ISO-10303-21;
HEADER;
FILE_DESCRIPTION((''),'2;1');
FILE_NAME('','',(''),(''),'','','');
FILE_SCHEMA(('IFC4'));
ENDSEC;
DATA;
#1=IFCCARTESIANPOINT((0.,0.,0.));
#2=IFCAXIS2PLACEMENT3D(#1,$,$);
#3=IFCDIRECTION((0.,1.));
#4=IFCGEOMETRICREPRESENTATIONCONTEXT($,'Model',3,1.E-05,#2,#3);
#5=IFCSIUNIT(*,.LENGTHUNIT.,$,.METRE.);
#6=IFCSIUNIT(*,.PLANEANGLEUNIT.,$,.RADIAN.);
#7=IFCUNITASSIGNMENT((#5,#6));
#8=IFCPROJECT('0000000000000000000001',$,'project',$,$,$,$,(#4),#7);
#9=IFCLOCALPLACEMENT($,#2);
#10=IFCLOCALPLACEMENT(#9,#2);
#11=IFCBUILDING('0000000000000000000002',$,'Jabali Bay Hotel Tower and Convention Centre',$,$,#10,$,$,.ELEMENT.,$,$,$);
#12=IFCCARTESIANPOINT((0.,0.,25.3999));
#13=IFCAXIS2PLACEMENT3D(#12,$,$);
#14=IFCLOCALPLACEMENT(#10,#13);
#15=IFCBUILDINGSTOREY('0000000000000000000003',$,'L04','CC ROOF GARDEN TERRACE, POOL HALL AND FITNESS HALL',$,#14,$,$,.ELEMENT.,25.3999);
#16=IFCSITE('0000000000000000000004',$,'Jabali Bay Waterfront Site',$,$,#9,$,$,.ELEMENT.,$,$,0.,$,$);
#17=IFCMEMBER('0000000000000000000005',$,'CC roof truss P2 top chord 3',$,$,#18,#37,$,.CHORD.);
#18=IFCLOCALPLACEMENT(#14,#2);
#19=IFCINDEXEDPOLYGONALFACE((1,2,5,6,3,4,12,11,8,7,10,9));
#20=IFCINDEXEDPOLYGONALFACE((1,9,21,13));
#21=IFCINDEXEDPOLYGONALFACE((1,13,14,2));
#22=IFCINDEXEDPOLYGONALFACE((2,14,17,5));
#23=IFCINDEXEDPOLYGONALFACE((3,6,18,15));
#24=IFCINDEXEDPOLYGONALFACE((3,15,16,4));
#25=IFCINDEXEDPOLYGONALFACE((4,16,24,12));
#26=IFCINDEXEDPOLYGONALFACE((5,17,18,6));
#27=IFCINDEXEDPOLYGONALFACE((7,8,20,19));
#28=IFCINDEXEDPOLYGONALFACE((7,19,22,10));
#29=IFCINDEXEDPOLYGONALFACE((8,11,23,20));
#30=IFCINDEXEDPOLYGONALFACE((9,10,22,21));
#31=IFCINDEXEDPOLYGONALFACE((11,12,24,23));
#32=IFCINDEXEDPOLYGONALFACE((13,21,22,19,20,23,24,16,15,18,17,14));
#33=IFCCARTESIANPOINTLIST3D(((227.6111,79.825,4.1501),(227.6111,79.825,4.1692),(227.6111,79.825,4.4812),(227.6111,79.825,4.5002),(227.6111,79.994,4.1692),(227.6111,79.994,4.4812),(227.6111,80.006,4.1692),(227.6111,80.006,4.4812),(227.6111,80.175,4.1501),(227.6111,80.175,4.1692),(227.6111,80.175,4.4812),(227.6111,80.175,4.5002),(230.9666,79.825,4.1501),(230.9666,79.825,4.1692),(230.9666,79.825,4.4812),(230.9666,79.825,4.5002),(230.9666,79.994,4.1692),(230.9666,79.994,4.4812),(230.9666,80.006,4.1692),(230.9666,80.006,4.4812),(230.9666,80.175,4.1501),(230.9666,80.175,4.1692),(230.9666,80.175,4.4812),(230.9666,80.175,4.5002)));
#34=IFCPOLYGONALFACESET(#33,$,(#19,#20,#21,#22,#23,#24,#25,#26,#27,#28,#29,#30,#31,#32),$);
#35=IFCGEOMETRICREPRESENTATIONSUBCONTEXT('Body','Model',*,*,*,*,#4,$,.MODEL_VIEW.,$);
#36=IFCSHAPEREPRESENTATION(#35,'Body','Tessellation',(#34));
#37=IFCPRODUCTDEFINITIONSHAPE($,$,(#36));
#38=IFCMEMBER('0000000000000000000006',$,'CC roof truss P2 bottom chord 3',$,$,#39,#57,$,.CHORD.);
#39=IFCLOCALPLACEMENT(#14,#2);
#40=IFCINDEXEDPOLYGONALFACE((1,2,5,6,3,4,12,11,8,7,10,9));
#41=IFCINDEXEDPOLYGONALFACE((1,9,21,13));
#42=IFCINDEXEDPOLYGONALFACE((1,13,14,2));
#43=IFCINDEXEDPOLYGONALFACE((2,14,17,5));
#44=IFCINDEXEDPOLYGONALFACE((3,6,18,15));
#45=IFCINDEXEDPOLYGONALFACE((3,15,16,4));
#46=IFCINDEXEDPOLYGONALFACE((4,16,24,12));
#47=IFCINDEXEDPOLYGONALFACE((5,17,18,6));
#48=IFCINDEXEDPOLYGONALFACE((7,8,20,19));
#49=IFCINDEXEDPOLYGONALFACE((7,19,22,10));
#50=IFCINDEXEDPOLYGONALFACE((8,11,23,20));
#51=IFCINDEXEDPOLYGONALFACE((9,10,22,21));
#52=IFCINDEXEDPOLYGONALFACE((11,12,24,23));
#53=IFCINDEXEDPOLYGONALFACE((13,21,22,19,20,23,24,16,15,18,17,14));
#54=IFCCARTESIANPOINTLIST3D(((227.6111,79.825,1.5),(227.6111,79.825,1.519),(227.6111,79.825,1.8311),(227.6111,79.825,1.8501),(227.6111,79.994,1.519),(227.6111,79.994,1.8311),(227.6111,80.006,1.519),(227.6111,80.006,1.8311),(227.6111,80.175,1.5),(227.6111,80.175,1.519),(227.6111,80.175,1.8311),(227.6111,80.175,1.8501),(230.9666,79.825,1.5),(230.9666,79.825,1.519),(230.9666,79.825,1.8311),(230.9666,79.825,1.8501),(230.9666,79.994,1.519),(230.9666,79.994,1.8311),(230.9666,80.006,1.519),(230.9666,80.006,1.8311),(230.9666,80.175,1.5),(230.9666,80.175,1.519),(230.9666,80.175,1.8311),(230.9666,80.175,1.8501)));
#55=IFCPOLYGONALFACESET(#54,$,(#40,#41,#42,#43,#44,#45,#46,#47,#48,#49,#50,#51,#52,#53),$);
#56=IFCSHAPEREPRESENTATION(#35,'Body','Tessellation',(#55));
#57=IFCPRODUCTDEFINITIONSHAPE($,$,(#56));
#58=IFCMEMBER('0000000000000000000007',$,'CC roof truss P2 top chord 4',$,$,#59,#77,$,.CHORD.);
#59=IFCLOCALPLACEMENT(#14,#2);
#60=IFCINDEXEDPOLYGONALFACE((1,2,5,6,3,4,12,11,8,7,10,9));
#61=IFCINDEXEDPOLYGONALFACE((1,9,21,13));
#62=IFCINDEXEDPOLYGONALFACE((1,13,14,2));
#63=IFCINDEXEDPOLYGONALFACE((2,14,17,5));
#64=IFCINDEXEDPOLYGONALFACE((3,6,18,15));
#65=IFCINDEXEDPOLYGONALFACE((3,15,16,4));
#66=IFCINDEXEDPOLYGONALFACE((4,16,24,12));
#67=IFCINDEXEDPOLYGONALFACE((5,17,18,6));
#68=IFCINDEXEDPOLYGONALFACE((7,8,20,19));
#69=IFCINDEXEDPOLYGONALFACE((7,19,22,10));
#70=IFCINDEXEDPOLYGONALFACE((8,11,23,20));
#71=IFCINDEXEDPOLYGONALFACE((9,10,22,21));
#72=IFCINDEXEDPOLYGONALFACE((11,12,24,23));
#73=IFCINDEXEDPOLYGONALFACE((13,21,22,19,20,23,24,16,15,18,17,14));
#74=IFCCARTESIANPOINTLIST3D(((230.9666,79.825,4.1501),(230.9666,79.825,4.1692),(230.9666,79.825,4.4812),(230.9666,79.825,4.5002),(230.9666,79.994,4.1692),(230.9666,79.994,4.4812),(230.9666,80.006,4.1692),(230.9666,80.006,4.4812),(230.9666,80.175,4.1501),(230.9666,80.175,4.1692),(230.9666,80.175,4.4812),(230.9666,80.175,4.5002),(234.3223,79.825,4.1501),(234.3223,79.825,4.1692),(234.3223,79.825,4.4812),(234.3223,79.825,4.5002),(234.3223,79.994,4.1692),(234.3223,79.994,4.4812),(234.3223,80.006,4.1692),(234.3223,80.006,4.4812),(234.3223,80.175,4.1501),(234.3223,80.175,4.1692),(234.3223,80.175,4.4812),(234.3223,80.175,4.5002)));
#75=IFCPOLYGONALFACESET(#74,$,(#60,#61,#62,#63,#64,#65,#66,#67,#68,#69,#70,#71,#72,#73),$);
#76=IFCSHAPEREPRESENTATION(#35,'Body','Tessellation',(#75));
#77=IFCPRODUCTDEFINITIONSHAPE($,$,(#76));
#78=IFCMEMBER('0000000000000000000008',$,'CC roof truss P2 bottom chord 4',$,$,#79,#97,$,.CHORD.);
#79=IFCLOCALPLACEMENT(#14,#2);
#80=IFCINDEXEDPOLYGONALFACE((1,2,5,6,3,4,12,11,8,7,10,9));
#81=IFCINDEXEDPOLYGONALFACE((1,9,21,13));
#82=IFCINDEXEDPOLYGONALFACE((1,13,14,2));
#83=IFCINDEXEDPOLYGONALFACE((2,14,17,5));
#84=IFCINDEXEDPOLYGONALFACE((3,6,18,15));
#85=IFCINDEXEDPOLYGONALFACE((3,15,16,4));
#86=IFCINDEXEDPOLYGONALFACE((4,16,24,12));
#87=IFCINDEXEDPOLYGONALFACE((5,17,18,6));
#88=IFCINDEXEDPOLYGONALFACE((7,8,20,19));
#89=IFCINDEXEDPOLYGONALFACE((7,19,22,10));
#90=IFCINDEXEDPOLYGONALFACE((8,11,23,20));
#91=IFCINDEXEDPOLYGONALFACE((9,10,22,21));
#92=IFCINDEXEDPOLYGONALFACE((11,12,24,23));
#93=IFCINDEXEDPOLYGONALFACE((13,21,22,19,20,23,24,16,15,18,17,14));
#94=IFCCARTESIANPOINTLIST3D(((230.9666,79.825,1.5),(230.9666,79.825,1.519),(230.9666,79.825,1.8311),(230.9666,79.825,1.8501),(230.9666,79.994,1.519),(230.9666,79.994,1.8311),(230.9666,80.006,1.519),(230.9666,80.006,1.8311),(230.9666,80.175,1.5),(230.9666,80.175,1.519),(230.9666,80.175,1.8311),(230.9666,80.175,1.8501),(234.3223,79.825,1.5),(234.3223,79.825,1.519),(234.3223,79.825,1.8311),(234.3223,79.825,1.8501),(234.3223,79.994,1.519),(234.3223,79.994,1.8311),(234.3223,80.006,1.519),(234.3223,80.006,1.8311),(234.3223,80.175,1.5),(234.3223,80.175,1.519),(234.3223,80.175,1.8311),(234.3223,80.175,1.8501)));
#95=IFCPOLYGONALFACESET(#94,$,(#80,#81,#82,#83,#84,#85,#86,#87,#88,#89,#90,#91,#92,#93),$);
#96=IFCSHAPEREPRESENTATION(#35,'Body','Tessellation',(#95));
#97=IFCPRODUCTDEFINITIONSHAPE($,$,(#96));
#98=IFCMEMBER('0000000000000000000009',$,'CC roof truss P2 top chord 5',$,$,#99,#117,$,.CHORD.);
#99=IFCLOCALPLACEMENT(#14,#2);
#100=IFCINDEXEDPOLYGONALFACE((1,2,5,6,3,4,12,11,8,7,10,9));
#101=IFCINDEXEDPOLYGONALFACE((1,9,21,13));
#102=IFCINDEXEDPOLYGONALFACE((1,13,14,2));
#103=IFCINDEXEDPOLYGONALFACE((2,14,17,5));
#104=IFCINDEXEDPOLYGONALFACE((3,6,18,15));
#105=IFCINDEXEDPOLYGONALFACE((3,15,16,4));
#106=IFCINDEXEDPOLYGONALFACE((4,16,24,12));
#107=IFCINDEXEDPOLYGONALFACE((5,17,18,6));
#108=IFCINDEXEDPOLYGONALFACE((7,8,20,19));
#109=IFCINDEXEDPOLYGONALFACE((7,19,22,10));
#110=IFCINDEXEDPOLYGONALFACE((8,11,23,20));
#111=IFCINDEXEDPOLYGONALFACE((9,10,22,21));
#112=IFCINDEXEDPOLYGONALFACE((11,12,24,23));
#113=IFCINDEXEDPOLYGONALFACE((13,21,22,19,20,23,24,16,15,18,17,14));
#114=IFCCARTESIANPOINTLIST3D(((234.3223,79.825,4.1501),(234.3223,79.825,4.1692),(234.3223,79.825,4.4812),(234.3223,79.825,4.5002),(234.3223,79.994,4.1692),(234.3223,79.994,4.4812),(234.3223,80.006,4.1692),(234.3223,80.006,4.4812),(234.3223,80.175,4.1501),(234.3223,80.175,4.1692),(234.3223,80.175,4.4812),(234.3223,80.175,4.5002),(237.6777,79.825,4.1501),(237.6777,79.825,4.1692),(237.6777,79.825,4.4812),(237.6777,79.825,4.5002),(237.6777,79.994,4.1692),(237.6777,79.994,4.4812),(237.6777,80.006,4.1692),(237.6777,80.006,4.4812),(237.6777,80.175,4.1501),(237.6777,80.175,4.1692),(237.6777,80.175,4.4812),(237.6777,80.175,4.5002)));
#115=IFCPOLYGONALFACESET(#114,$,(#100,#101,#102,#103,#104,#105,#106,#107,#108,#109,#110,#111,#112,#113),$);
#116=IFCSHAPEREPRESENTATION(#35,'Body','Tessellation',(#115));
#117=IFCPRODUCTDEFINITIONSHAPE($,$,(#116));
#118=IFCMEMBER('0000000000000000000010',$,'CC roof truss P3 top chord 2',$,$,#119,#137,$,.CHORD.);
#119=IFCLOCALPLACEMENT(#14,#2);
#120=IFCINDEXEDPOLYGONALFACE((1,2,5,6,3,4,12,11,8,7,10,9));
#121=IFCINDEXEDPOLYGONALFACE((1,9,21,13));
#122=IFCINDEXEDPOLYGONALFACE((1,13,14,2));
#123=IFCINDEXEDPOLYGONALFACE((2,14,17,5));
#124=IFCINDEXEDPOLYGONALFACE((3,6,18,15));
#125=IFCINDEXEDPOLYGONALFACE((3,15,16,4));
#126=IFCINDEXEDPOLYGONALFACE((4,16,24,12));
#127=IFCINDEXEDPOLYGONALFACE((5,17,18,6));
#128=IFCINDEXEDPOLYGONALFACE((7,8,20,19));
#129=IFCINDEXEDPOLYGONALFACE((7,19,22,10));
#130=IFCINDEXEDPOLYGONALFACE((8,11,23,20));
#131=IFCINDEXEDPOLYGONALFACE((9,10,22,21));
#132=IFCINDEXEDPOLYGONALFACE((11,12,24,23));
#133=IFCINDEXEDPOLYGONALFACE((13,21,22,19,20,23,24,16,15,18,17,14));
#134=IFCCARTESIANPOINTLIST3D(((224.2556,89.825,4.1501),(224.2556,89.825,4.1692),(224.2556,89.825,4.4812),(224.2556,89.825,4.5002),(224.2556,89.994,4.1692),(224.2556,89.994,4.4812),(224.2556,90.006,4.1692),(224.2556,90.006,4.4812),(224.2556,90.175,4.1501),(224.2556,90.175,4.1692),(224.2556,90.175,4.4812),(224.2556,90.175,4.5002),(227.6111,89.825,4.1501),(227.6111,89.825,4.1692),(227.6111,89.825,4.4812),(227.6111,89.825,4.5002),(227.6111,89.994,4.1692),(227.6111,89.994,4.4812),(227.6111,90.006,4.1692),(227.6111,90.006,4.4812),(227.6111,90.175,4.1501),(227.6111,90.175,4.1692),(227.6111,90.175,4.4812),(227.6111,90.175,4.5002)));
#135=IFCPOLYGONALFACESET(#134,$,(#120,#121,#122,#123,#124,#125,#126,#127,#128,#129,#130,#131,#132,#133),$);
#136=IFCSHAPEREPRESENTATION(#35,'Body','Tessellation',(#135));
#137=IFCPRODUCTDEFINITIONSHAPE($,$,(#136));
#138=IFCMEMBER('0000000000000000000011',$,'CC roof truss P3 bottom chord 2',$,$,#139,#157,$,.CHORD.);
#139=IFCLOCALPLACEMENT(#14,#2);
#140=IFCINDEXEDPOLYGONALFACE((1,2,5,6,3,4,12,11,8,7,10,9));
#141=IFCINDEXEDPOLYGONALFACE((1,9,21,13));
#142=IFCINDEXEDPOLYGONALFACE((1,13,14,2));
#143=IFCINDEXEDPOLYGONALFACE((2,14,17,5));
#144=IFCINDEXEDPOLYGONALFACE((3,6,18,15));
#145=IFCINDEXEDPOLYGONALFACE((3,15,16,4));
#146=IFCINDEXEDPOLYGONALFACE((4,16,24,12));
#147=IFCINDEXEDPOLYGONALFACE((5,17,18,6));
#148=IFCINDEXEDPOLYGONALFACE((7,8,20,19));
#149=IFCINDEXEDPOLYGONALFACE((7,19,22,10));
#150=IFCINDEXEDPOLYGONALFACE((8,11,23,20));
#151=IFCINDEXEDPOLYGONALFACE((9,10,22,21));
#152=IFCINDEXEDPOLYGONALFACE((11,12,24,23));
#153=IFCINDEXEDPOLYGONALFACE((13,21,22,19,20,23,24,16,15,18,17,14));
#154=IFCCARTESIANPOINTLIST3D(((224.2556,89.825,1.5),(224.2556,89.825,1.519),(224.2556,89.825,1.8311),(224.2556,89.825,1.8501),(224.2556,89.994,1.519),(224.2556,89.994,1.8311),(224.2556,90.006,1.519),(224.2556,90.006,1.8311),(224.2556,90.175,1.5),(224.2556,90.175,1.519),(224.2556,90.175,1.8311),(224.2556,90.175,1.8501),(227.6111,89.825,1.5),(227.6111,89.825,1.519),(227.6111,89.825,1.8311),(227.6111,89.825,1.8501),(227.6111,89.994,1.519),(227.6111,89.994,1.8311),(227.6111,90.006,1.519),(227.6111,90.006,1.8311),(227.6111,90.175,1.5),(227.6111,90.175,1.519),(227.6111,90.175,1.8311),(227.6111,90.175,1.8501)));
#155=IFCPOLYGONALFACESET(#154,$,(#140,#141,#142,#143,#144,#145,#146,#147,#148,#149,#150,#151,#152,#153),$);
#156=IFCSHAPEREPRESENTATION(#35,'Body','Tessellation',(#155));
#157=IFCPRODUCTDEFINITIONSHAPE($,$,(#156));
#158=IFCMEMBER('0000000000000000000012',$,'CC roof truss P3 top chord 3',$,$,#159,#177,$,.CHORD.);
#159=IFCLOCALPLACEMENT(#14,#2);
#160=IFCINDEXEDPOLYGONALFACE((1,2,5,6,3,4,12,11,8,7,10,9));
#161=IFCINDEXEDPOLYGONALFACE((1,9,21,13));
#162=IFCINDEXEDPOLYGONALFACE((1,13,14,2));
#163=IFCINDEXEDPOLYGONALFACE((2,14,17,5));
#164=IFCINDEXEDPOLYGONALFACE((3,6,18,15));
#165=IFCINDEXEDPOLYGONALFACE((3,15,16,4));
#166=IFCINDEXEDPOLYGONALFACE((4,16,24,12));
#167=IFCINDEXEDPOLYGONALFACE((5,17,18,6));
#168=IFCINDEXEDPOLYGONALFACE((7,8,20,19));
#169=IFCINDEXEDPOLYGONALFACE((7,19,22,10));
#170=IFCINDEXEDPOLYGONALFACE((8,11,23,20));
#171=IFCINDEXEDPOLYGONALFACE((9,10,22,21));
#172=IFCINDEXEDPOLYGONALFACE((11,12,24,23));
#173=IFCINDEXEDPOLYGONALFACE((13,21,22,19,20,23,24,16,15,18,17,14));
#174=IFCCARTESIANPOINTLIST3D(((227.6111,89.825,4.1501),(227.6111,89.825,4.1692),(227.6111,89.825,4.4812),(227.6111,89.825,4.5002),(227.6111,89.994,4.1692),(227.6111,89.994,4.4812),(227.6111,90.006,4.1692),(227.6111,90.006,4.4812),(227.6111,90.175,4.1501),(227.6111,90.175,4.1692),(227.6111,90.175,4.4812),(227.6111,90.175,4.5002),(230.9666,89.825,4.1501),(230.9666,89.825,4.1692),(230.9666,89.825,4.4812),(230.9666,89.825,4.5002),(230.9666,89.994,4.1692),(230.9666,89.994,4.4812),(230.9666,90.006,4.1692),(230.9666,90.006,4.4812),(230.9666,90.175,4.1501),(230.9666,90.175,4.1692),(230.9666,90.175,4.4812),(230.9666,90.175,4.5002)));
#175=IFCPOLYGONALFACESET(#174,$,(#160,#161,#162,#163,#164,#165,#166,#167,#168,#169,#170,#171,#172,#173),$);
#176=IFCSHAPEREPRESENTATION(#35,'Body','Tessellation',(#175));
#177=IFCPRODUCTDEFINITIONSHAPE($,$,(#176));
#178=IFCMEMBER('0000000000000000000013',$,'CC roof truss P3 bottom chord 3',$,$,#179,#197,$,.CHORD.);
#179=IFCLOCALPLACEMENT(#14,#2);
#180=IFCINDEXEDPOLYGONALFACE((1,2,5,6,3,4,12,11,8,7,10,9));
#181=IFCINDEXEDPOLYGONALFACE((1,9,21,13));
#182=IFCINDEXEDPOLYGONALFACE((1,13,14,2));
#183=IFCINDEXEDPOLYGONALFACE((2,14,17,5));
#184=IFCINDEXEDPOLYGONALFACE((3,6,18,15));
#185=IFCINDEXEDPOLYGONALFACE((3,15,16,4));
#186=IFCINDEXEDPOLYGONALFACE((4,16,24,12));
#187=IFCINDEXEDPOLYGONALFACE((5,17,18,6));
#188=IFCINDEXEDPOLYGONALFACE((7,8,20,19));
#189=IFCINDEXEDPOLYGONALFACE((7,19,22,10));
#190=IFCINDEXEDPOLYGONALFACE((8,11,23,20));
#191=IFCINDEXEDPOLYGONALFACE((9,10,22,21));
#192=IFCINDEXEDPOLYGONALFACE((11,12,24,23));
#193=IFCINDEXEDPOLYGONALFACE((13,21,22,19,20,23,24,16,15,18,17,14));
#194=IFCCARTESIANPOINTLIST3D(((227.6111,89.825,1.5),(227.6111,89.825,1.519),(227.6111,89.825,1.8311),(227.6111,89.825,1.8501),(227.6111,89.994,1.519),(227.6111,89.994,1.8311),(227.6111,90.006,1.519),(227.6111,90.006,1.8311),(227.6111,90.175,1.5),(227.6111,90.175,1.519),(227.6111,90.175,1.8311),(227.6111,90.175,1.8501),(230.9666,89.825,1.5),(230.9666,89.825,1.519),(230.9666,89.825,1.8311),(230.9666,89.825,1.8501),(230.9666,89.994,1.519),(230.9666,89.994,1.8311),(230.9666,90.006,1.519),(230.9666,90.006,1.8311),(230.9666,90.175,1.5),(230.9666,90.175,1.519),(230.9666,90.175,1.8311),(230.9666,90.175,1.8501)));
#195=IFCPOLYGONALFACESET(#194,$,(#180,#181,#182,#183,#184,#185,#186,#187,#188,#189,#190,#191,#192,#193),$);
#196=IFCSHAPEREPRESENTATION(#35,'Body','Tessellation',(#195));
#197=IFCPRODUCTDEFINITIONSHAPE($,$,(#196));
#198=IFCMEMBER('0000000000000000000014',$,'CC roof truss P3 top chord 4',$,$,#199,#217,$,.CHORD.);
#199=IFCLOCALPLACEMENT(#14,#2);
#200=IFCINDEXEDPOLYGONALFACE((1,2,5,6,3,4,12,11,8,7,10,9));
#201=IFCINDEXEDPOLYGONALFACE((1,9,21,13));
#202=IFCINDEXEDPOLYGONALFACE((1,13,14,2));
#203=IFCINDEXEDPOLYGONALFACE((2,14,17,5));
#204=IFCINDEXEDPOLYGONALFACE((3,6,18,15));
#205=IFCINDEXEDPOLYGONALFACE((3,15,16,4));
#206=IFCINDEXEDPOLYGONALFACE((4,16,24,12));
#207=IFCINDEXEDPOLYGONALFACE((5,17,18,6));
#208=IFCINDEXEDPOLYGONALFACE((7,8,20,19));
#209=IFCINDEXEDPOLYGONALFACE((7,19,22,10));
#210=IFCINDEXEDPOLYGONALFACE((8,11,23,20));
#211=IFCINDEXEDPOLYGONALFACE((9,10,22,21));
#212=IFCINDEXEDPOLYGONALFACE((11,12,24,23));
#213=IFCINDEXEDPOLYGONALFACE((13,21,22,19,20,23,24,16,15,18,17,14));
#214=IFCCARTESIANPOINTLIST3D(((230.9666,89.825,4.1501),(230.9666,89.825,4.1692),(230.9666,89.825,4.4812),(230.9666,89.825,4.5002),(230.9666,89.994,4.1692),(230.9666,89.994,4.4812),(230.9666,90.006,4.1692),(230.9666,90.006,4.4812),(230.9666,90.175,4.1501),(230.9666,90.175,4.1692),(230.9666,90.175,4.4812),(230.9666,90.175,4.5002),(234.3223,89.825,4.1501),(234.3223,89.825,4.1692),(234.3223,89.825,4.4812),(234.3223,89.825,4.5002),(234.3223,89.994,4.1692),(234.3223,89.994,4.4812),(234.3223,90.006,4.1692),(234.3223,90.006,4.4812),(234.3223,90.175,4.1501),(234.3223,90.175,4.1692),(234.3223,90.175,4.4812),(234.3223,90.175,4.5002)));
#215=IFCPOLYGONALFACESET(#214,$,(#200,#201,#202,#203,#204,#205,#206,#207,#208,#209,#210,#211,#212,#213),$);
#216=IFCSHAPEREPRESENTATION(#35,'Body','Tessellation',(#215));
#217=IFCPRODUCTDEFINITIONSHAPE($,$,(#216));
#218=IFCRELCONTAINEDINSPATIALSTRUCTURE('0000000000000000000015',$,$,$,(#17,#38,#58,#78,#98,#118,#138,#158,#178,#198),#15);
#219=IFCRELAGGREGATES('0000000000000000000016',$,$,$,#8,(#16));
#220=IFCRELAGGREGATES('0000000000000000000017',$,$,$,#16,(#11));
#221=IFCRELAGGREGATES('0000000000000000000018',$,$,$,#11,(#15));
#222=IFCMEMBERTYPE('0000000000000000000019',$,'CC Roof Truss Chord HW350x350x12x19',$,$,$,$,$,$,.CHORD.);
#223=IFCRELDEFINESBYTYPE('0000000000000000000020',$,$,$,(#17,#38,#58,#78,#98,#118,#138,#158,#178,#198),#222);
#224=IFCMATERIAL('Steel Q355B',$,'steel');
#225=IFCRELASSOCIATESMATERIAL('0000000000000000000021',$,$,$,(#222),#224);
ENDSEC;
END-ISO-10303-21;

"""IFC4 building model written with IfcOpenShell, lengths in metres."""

from ifc_helpers import new_model, si_unit, direction, frame, origin, origin_2d, place, context, subcontext, project, spatial, i_section, extrude, material, material_profile, profile_set, type_object, element, save


model = new_model("IFC4")

# Units and contexts
model_context = context("Model", 3, precision=1e-05, world=origin(), true_north=direction((0.0, 1.0)))
body_context = subcontext(model_context, "Body", "Model", "MODEL_VIEW")
ifc_project = project(units=[si_unit("LENGTHUNIT", "METRE"), si_unit("PLANEANGLEUNIT", "RADIAN")], contexts=[model_context])

# Site, building, storey
site_placement = place(None, origin())
site = spatial("IfcSite", under=ifc_project, at=site_placement, Name="Jabali Bay Waterfront Site", CompositionType="ELEMENT", RefElevation=0.0)
building_placement = place(site_placement, origin())
building = spatial("IfcBuilding", under=site, at=building_placement, Name="Jabali Bay Hotel Tower and Convention Centre", CompositionType="ELEMENT")
storey_placement = place(building_placement, frame((0.0, 0.0, 25.3999)))
storey = spatial("IfcBuildingStorey", under=building, at=storey_placement, Name="L04", Description="CC ROOF GARDEN TERRACE, POOL HALL AND FITNESS HALL", CompositionType="ELEMENT", Elevation=25.3999)

# Members
ifc_material = material(Name="Steel Q355B", Category="steel")
ifc_material_profile_1 = material_profile(ifc_material, i_section(OverallWidth=0.3501, OverallDepth=0.3501, WebThickness=0.012, FlangeThickness=0.019, at=origin_2d()), Name="HW350x350x12x19")
ifc_profile_set_1 = profile_set([ifc_material_profile_1], Name="Steel Q355B")
member_type_1 = type_object("IfcMemberType", Name="CC Roof Truss Chord HW350x350x12x19", PredefinedType="CHORD", material=ifc_profile_set_1)
for number, where, z_axis, x_axis, name in (
    (1, (227.6111, 80.0, 4.3252), (1.0, 0.0, 0.0), (0.0, 1.0, 0.0), "CC roof truss P2 top chord 3"),
    (2, (227.6111, 80.0, 1.675), (1.0, 0.0, 0.0), (0.0, 1.0, 0.0), "CC roof truss P2 bottom chord 3"),
):
    element("IfcMember", number, at=place(storey_placement, frame(where, z_axis=z_axis, x_axis=x_axis)), inside=storey, type_object=member_type_1, Name=name, PredefinedType="CHORD", context=body_context, shape_type="SweptSolid", body=[
        extrude(i_section(OverallWidth=0.3501, OverallDepth=0.3501, WebThickness=0.012, FlangeThickness=0.019, at=origin_2d()), origin(), (0.0, 0.0, 1.0), 3.3555),
    ])
for number, where, z_axis, x_axis, name in (
    (3, (230.9666, 80.0, 4.3252), (1.0, 0.0, 0.0), (0.0, 1.0, 0.0), "CC roof truss P2 top chord 4"),
    (4, (230.9666, 80.0, 1.675), (1.0, 0.0, 0.0), (0.0, 1.0, 0.0), "CC roof truss P2 bottom chord 4"),
):
    element("IfcMember", number, at=place(storey_placement, frame(where, z_axis=z_axis, x_axis=x_axis)), inside=storey, type_object=member_type_1, Name=name, PredefinedType="CHORD", context=body_context, shape_type="SweptSolid", body=[
        extrude(i_section(OverallWidth=0.3501, OverallDepth=0.3501, WebThickness=0.012, FlangeThickness=0.019, at=origin_2d()), origin(), (0.0, 0.0, 1.0), 3.3557),
    ])
for number, where, z_axis, x_axis, name in (
    (5, (234.3223, 80.0, 4.3252), (1.0, 0.0, 0.0), (0.0, 1.0, 0.0), "CC roof truss P2 top chord 5"),
    (6, (224.2556, 90.0, 4.3252), (1.0, 0.0, 0.0), (0.0, 1.0, 0.0), "CC roof truss P3 top chord 2"),
    (7, (224.2556, 90.0, 1.675), (1.0, 0.0, 0.0), (0.0, 1.0, 0.0), "CC roof truss P3 bottom chord 2"),
    (8, (227.6111, 90.0, 4.3252), (1.0, 0.0, 0.0), (0.0, 1.0, 0.0), "CC roof truss P3 top chord 3"),
    (9, (227.6111, 90.0, 1.675), (1.0, 0.0, 0.0), (0.0, 1.0, 0.0), "CC roof truss P3 bottom chord 3"),
):
    element("IfcMember", number, at=place(storey_placement, frame(where, z_axis=z_axis, x_axis=x_axis)), inside=storey, type_object=member_type_1, Name=name, PredefinedType="CHORD", context=body_context, shape_type="SweptSolid", body=[
        extrude(i_section(OverallWidth=0.3501, OverallDepth=0.3501, WebThickness=0.012, FlangeThickness=0.019, at=origin_2d()), origin(), (0.0, 0.0, 1.0), 3.3555),
    ])
for number, where, z_axis, x_axis, name in (
    (10, (230.9666, 90.0, 4.3252), (1.0, 0.0, 0.0), (0.0, 1.0, 0.0), "CC roof truss P3 top chord 4"),
):
    element("IfcMember", number, at=place(storey_placement, frame(where, z_axis=z_axis, x_axis=x_axis)), inside=storey, type_object=member_type_1, Name=name, PredefinedType="CHORD", context=body_context, shape_type="SweptSolid", body=[
        extrude(i_section(OverallWidth=0.3501, OverallDepth=0.3501, WebThickness=0.012, FlangeThickness=0.019, at=origin_2d()), origin(), (0.0, 0.0, 1.0), 3.3557),
    ])

save(model, "model.ifc")
